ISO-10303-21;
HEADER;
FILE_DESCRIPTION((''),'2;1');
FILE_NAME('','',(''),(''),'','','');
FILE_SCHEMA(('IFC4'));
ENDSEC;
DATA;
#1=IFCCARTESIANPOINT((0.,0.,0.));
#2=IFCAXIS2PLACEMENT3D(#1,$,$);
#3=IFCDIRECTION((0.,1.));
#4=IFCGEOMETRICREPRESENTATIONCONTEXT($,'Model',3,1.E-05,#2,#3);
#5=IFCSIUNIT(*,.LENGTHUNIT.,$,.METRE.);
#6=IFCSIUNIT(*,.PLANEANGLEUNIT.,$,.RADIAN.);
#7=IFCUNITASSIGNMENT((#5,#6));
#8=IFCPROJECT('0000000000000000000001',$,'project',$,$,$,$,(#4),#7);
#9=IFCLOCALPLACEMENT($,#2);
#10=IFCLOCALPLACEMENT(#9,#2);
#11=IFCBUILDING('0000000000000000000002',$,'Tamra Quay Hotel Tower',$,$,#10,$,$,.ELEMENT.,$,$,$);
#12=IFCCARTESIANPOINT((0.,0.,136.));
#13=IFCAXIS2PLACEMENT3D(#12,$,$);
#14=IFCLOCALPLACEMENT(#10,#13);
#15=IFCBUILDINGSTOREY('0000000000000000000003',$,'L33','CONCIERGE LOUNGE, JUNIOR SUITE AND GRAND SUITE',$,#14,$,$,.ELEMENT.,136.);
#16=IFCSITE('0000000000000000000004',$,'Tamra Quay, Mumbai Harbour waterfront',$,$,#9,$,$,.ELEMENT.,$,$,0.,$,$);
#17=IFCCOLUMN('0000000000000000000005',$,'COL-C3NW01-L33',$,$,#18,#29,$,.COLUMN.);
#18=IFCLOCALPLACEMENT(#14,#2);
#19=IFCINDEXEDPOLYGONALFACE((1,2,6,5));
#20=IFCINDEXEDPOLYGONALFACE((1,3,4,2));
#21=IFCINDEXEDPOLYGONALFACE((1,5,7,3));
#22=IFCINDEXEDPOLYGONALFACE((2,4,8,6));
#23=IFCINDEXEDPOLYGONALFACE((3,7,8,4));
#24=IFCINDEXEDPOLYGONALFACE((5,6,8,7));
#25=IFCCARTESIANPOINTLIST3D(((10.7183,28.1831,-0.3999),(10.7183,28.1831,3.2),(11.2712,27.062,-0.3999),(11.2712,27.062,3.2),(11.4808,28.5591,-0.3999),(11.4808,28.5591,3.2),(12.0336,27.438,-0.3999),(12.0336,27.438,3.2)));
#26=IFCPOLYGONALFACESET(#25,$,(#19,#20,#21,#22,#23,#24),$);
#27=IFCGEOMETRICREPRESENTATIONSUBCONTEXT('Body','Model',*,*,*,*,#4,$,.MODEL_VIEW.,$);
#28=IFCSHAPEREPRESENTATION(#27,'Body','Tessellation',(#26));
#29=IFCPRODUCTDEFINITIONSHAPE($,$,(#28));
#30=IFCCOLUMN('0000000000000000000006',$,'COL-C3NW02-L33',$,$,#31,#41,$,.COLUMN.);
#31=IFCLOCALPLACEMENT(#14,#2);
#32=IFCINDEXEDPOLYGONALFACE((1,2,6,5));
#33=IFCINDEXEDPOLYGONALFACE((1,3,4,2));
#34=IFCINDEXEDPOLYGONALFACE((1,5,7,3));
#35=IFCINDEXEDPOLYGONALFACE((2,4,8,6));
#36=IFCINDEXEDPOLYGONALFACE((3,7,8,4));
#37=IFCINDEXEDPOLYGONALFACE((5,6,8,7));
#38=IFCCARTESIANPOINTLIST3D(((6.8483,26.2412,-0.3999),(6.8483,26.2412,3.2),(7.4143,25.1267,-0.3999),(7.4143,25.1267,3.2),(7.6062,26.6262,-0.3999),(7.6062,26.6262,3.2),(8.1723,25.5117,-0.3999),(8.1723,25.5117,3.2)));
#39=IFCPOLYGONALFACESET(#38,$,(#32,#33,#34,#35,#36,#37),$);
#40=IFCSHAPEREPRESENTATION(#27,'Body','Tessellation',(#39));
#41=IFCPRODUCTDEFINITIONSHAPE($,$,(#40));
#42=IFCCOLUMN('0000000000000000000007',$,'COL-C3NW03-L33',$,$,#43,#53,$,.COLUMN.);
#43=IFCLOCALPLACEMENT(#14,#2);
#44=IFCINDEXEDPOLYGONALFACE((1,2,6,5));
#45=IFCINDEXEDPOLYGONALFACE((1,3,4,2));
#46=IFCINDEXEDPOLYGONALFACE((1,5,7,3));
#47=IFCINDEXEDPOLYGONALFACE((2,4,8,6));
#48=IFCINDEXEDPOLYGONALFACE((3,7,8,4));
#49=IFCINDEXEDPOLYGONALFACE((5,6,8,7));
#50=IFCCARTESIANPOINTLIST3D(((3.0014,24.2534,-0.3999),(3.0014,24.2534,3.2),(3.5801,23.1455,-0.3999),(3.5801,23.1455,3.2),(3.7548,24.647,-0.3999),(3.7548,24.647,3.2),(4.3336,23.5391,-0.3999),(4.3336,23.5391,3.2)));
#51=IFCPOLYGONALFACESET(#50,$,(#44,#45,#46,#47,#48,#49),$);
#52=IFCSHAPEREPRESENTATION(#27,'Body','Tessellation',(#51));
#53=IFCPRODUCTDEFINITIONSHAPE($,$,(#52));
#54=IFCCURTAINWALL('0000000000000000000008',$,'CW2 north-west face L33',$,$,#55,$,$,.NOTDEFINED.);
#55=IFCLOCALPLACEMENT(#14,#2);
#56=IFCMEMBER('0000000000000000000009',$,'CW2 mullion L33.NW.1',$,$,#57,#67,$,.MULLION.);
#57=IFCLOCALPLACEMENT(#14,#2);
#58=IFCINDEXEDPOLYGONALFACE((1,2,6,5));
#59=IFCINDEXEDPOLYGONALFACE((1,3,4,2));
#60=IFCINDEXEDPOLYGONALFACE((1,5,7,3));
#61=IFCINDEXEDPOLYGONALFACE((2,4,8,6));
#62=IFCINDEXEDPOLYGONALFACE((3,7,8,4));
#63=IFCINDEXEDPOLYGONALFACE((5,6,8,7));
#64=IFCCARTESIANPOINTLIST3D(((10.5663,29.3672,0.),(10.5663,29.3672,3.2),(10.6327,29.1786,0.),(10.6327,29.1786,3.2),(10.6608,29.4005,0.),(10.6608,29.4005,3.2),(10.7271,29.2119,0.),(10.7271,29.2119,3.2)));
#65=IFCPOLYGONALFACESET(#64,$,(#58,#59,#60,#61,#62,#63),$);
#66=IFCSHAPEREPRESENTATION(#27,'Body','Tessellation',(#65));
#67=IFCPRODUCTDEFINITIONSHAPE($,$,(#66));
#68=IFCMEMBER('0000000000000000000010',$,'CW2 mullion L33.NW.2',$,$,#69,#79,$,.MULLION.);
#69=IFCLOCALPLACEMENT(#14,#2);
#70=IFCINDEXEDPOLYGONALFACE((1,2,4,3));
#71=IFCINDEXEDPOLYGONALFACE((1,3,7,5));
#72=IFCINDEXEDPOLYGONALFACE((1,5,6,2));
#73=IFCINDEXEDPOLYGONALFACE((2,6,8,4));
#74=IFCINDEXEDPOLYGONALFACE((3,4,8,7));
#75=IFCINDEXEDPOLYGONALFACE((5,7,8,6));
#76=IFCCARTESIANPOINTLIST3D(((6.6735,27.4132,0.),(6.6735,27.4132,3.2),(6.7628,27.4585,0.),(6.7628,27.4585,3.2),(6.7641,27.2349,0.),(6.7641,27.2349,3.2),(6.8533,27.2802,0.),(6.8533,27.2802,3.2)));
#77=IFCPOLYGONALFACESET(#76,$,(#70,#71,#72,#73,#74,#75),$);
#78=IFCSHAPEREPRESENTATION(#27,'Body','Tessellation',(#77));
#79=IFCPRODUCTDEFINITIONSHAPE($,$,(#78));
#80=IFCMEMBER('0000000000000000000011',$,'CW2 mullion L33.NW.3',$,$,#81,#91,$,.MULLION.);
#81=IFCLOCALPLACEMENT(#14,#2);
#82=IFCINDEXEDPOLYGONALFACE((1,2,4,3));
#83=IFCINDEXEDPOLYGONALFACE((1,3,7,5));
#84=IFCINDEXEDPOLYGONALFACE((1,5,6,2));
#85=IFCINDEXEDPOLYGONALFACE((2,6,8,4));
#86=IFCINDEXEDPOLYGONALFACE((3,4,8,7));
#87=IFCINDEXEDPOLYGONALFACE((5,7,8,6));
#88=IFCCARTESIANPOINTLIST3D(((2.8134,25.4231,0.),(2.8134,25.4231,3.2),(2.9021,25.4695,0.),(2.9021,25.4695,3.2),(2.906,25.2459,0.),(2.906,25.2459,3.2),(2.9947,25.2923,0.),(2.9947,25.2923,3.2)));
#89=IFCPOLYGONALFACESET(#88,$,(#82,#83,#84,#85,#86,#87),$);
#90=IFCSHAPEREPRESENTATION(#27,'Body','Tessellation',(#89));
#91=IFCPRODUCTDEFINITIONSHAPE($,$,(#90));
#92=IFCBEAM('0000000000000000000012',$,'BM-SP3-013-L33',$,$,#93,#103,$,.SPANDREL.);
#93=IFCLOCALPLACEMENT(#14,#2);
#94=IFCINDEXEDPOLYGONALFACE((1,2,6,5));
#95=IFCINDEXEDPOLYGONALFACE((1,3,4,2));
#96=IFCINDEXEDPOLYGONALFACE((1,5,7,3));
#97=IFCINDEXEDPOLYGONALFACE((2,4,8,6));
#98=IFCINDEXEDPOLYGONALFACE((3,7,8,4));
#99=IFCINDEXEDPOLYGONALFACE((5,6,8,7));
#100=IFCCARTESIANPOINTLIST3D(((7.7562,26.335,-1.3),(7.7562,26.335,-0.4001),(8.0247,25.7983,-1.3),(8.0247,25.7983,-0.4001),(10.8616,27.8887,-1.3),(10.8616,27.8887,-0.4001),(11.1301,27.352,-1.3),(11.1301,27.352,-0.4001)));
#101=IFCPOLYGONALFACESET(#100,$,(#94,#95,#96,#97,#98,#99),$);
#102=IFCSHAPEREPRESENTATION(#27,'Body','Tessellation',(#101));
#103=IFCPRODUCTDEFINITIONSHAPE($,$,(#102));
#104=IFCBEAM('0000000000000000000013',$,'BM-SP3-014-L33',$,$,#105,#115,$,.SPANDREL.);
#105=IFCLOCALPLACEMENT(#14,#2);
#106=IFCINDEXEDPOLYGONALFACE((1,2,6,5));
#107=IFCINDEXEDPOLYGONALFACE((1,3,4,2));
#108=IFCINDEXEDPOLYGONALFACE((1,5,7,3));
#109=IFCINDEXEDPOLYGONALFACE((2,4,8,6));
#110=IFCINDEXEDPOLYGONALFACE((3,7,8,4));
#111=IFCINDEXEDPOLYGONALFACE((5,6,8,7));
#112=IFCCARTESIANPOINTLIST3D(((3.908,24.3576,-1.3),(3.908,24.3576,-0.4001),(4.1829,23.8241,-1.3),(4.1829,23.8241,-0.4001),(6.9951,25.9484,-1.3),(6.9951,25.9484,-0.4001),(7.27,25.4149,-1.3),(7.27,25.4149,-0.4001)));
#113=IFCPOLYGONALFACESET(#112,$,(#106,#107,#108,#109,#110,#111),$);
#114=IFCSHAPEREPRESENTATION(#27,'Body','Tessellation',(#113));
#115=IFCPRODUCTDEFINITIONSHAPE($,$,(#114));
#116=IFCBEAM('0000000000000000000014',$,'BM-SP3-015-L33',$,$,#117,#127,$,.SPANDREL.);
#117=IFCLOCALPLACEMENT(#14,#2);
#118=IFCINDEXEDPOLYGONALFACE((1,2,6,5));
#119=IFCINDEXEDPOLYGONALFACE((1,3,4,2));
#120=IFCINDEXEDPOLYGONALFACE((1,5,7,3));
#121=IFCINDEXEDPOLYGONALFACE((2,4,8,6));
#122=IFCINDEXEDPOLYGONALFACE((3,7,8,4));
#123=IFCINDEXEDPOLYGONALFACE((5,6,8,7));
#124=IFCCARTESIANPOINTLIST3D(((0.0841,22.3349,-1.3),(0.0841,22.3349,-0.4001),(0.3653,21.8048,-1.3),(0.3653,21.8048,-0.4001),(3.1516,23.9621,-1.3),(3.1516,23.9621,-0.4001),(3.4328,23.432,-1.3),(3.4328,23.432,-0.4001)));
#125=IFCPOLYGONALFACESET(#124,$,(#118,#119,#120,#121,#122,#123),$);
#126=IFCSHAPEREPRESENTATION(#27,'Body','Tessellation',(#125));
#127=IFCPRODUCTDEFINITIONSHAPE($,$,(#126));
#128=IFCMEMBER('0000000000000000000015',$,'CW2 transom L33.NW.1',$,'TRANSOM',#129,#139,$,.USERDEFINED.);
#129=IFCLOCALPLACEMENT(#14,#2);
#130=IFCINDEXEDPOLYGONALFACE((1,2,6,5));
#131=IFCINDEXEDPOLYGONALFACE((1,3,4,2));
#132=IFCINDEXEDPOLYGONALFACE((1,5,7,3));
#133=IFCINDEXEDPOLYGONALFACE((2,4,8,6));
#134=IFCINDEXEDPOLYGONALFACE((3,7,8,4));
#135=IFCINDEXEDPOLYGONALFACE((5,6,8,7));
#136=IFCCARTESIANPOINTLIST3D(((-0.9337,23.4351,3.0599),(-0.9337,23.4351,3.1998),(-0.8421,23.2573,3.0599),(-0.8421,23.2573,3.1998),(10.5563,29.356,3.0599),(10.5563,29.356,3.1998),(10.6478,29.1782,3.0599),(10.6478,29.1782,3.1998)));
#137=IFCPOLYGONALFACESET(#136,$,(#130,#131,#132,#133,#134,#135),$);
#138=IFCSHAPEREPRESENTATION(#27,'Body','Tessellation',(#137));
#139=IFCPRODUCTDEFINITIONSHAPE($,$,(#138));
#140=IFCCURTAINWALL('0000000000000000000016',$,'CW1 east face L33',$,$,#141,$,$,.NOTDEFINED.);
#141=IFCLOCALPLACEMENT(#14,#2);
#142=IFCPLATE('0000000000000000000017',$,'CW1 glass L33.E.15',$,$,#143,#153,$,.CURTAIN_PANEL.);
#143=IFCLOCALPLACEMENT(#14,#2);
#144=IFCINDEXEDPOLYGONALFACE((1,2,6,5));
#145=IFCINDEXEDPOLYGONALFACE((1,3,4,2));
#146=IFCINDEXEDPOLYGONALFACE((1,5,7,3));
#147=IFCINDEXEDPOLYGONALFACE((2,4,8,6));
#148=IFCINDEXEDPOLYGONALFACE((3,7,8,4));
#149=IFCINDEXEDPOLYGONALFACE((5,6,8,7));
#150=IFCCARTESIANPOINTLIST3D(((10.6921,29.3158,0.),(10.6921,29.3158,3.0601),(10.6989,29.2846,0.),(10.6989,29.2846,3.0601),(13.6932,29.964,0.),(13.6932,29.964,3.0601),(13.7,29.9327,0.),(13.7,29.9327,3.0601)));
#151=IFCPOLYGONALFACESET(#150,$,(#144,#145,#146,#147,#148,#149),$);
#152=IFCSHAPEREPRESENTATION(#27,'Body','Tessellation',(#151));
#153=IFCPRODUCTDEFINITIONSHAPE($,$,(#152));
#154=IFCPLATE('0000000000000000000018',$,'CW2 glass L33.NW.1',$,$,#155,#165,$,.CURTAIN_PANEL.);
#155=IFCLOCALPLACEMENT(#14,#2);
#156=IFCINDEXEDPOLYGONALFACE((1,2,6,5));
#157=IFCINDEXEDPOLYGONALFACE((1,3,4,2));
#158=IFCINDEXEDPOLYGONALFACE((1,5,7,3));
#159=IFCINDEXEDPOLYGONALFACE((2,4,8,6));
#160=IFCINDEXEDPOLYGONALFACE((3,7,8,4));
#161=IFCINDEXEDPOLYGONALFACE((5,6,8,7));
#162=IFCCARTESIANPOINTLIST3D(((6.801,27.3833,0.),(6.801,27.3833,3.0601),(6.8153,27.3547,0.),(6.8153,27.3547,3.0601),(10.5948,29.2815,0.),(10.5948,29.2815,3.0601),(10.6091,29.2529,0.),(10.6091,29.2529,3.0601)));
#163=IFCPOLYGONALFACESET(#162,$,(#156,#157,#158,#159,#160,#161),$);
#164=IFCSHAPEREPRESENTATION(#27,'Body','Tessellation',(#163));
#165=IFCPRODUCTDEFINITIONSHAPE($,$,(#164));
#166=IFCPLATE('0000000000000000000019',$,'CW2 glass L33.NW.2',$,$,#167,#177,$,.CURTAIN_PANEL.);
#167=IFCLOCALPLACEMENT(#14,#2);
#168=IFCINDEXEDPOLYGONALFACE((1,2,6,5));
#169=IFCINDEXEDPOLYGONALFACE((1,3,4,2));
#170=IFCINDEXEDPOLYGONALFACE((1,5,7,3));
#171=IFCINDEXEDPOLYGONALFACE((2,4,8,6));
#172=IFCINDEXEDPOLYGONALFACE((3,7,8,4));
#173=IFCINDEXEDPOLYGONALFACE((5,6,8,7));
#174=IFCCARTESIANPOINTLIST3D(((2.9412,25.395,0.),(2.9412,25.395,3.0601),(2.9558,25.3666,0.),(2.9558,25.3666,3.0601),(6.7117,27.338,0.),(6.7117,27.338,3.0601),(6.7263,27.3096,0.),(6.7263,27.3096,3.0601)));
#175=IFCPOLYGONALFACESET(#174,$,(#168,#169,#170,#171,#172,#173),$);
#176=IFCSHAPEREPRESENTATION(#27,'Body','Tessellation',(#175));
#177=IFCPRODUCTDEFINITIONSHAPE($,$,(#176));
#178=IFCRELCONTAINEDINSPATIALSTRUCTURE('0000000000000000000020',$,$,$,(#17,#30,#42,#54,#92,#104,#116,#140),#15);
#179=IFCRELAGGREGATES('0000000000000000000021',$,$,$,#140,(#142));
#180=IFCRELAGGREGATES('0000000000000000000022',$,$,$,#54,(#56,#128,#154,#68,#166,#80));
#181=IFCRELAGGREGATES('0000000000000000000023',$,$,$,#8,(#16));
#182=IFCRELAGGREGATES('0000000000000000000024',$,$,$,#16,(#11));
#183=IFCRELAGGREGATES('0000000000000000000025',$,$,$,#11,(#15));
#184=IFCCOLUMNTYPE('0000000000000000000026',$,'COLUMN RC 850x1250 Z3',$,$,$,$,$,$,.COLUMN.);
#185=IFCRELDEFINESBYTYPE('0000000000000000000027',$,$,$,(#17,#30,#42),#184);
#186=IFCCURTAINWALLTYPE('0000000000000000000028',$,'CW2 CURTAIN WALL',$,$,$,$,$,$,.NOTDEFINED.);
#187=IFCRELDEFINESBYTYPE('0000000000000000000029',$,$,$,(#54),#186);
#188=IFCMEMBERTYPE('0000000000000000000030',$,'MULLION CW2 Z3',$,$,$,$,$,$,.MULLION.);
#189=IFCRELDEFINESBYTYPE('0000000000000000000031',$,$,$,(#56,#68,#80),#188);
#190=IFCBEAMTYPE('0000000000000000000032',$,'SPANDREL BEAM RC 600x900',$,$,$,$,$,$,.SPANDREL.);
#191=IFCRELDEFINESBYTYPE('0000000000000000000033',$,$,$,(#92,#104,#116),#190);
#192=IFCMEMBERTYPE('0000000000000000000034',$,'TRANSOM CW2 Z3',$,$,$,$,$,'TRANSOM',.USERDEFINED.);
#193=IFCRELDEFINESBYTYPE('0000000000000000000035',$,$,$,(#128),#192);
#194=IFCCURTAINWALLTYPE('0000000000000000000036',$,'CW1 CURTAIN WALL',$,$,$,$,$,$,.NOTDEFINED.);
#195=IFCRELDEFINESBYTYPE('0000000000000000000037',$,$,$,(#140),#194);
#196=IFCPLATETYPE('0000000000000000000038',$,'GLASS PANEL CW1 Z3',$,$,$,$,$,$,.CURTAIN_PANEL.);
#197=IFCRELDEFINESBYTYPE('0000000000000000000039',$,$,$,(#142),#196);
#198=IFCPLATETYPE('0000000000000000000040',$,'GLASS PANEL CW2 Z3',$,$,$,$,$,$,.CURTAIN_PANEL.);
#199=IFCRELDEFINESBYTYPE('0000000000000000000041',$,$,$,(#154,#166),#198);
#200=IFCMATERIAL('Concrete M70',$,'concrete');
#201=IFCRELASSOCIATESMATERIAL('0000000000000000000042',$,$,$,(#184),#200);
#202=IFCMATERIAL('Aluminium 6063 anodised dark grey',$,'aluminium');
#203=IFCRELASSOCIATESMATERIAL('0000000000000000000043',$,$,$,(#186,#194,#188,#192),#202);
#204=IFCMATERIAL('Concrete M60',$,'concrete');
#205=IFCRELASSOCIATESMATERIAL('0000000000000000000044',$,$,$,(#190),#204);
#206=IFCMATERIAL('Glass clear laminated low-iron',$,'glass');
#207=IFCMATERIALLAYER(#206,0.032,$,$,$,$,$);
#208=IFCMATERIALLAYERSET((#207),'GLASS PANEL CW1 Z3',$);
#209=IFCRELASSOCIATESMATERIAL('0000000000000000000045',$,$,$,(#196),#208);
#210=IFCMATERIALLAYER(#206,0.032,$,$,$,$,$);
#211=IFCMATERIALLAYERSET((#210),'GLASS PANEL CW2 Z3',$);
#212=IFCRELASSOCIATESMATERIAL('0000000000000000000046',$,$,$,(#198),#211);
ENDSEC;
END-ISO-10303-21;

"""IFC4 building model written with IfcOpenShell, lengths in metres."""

from ifc_helpers import new_model, si_unit, direction, frame, origin, origin_2d, place, context, subcontext, project, spatial, rectangle, extrude, material, layer, layer_set, material_profile, profile_set, type_object, element, aggregate, save


model = new_model("IFC4")

# Units and contexts
model_context = context("Model", 3, precision=1e-05, world=origin(), true_north=direction((0.0, 1.0)))
body_context = subcontext(model_context, "Body", "Model", "MODEL_VIEW")
ifc_project = project(units=[si_unit("LENGTHUNIT", "METRE"), si_unit("PLANEANGLEUNIT", "RADIAN")], contexts=[model_context])

# Site, building, storey
site_placement = place(None, origin())
site = spatial("IfcSite", under=ifc_project, at=site_placement, Name="Tamra Quay, Mumbai Harbour waterfront", CompositionType="ELEMENT", RefElevation=0.0)
building_placement = place(site_placement, origin())
building = spatial("IfcBuilding", under=site, at=building_placement, Name="Tamra Quay Hotel Tower", CompositionType="ELEMENT")
storey_placement = place(building_placement, frame((0.0, 0.0, 136.0)))
storey = spatial("IfcBuildingStorey", under=building, at=storey_placement, Name="L33", Description="CONCIERGE LOUNGE, JUNIOR SUITE AND GRAND SUITE", CompositionType="ELEMENT", Elevation=136.0)

# Columns
ifc_material_1 = material(Name="Concrete M70", Category="concrete")
ifc_material_profile_1 = material_profile(ifc_material_1, rectangle(XDim=1.25, YDim=0.8501, at=origin_2d()), Name="COLUMN RC 850x1250 Z3")
ifc_profile_set_1 = profile_set([ifc_material_profile_1], Name="Concrete M70")
column_type = type_object("IfcColumnType", Name="COLUMN RC 850x1250 Z3", PredefinedType="COLUMN", material=ifc_profile_set_1)
for number, where, z_axis, x_axis, name in (
    (1, (11.376, 27.8105, -0.3999), (0.0, 0.0, 1.0), (-0.442275, 0.89688, 0.0), "COL-C3NW01-L33"),
    (2, (7.5103, 25.8765, -0.3999), (0.0, 0.0, 1.0), (-0.45286, 0.891582, 0.0), "COL-C3NW02-L33"),
    (3, (3.6675, 23.8962, -0.3999), (0.0, 0.0, 1.0), (-0.463007, 0.886355, 0.0), "COL-C3NW03-L33"),
):
    element("IfcColumn", number, at=place(storey_placement, frame(where, z_axis=z_axis, x_axis=x_axis)), inside=storey, type_object=column_type, Name=name, PredefinedType="COLUMN", context=body_context, shape_type="SweptSolid", body=[
        extrude(rectangle(XDim=1.25, YDim=0.8501, at=origin_2d()), origin(), (0.0, 0.0, 1.0), 3.5999),
    ])

# Curtain wall, members
ifc_material_2 = material(Name="Aluminium 6063 anodised dark grey", Category="aluminium")
curtain_wall_type_1 = type_object("IfcCurtainWallType", Name="CW2 CURTAIN WALL", PredefinedType="NOTDEFINED", material=ifc_material_2)
curtain_wall_1_placement = place(storey_placement, origin())
curtain_wall_1 = element("IfcCurtainWall", 4, at=curtain_wall_1_placement, inside=storey, type_object=curtain_wall_type_1, Name="CW2 north-west face L33", PredefinedType="NOTDEFINED")
ifc_material_profile_2 = material_profile(ifc_material_2, rectangle(XDim=0.2, YDim=0.1001, at=origin_2d()), Name="MULLION 100X200")
ifc_profile_set_2 = profile_set([ifc_material_profile_2], Name="Aluminium 6063 anodised dark grey")
member_type_1 = type_object("IfcMemberType", Name="MULLION CW2 Z3", PredefinedType="MULLION", material=ifc_profile_set_2)
member_1_placement = place(storey_placement, frame((10.6467, 29.2896, 0.0), z_axis=(0.0, 0.0, 1.0), x_axis=(-0.331894, 0.943317, 0.0)))
member_1 = element("IfcMember", 5, at=member_1_placement, type_object=member_type_1, Name="CW2 mullion L33.NW.1", PredefinedType="MULLION", context=body_context, shape_type="SweptSolid", body=[
    extrude(rectangle(XDim=0.2, YDim=0.1001, at=origin_2d()), origin(), (0.0, 0.0, 1.0), 3.2),
])
member_2_placement = place(storey_placement, frame((6.7634, 27.3467, 0.0), z_axis=(0.0, 0.0, 1.0), x_axis=(-0.452777, 0.891624, 0.0)))
member_2 = element("IfcMember", 6, at=member_2_placement, type_object=member_type_1, Name="CW2 mullion L33.NW.2", PredefinedType="MULLION", context=body_context, shape_type="SweptSolid", body=[
    extrude(rectangle(XDim=0.2, YDim=0.1001, at=origin_2d()), origin(), (0.0, 0.0, 1.0), 3.2),
])
member_3_placement = place(storey_placement, frame((2.9041, 25.3577, 0.0), z_axis=(0.0, 0.0, 1.0), x_axis=(-0.463366, 0.886167, 0.0)))
member_3 = element("IfcMember", 7, at=member_3_placement, type_object=member_type_1, Name="CW2 mullion L33.NW.3", PredefinedType="MULLION", context=body_context, shape_type="SweptSolid", body=[
    extrude(rectangle(XDim=0.2, YDim=0.1001, at=origin_2d()), origin(), (0.0, 0.0, 1.0), 3.2),
])

# Beams
ifc_material_3 = material(Name="Concrete M60", Category="concrete")
ifc_material_profile_3 = material_profile(ifc_material_3, rectangle(XDim=0.6001, YDim=0.8999, at=origin_2d()), Name="SPANDREL BEAM RC 600x900")
ifc_profile_set_3 = profile_set([ifc_material_profile_3], Name="Concrete M60")
beam_type = type_object("IfcBeamType", Name="SPANDREL BEAM RC 600x900", PredefinedType="SPANDREL", material=ifc_profile_set_3)
beam_1_placement = place(storey_placement, frame((10.9958, 27.6204, -0.8501), z_axis=(-0.894315, -0.447439, 0.0), x_axis=(0.447439, -0.894315, 0.0)))
element("IfcBeam", 8, at=beam_1_placement, inside=storey, type_object=beam_type, Name="BM-SP3-013-L33", PredefinedType="SPANDREL", context=body_context, shape_type="SweptSolid", body=[
    extrude(rectangle(XDim=0.6001, YDim=0.8999, at=origin_2d()), origin(), (0.0, 0.0, 1.0), 3.4724),
])
beam_2_placement = place(storey_placement, frame((7.1326, 25.6816, -0.8501), z_axis=(-0.88892, -0.458063, 0.0), x_axis=(0.458063, -0.88892, 0.0)))
element("IfcBeam", 9, at=beam_2_placement, inside=storey, type_object=beam_type, Name="BM-SP3-014-L33", PredefinedType="SPANDREL", context=body_context, shape_type="SweptSolid", body=[
    extrude(rectangle(XDim=0.6001, YDim=0.8999, at=origin_2d()), origin(), (0.0, 0.0, 1.0), 3.4729),
])
beam_3_placement = place(storey_placement, frame((3.2922, 23.697, -0.8501), z_axis=(-0.883411, -0.468598, 0.0), x_axis=(0.468598, -0.883411, 0.0)))
element("IfcBeam", 10, at=beam_3_placement, inside=storey, type_object=beam_type, Name="BM-SP3-015-L33", PredefinedType="SPANDREL", context=body_context, shape_type="SweptSolid", body=[
    extrude(rectangle(XDim=0.6001, YDim=0.8999, at=origin_2d()), origin(), (0.0, 0.0, 1.0), 3.4724),
])

# Member
ifc_material_profile_4 = material_profile(ifc_material_2, rectangle(XDim=0.2, YDim=0.1399, at=origin_2d()), Name="TRANSOM 200X140")
ifc_profile_set_4 = profile_set([ifc_material_profile_4], Name="Aluminium 6063 anodised dark grey")
member_type_2 = type_object("IfcMemberType", Name="TRANSOM CW2 Z3", ElementType="TRANSOM", PredefinedType="USERDEFINED", material=ifc_profile_set_4)
member_4_placement = place(storey_placement, frame((10.6021, 29.2671, 3.1299), z_axis=(-0.888917, -0.458067, 0.0), x_axis=(0.458067, -0.888917, 0.0)))
member_4 = element("IfcMember", 11, at=member_4_placement, type_object=member_type_2, Name="CW2 transom L33.NW.1", ObjectType="TRANSOM", PredefinedType="USERDEFINED", context=body_context, shape_type="SweptSolid", body=[
    extrude(rectangle(XDim=0.2, YDim=0.1399, at=origin_2d()), origin(), (0.0, 0.0, 1.0), 12.9258),
])

# Curtain wall, plate
curtain_wall_type_2 = type_object("IfcCurtainWallType", Name="CW1 CURTAIN WALL", PredefinedType="NOTDEFINED", material=ifc_material_2)
curtain_wall_2_placement = place(storey_placement, origin())
curtain_wall_2 = element("IfcCurtainWall", 12, at=curtain_wall_2_placement, inside=storey, type_object=curtain_wall_type_2, Name="CW1 east face L33", PredefinedType="NOTDEFINED")
ifc_material_4 = material(Name="Glass clear laminated low-iron", Category="glass")
ifc_layer_1 = layer(ifc_material_4, 0.032)
ifc_layer_set_1 = layer_set([ifc_layer_1], Name="GLASS PANEL CW1 Z3")
plate_type_1 = type_object("IfcPlateType", Name="GLASS PANEL CW1 Z3", PredefinedType="CURTAIN_PANEL", material=ifc_layer_set_1)
plate_1_placement = place(storey_placement, frame((12.196, 29.6243, 0.0), z_axis=(0.0, 0.0, 1.0), x_axis=(-0.977465, -0.211099, 0.0)))
plate_1 = element("IfcPlate", 13, at=plate_1_placement, type_object=plate_type_1, Name="CW1 glass L33.E.15", PredefinedType="CURTAIN_PANEL", context=body_context, shape_type="SweptSolid", body=[
    extrude(rectangle(XDim=3.0703, YDim=0.032, at=origin_2d()), origin(), (0.0, 0.0, 1.0), 3.0601),
])
aggregate(curtain_wall_2, [plate_1])

# Plates
ifc_layer_2 = layer(ifc_material_4, 0.032)
ifc_layer_set_2 = layer_set([ifc_layer_2], Name="GLASS PANEL CW2 Z3")
plate_type_2 = type_object("IfcPlateType", Name="GLASS PANEL CW2 Z3", PredefinedType="CURTAIN_PANEL", material=ifc_layer_set_2)
plate_2_placement = place(storey_placement, frame((8.7051, 28.3181, 0.0), z_axis=(0.0, 0.0, 1.0), x_axis=(-0.894305, -0.447459, 0.0)))
plate_2 = element("IfcPlate", 14, at=plate_2_placement, type_object=plate_type_2, Name="CW2 glass L33.NW.1", PredefinedType="CURTAIN_PANEL", context=body_context, shape_type="SweptSolid", body=[
    extrude(rectangle(XDim=4.2422, YDim=0.032, at=origin_2d()), origin(), (0.0, 0.0, 1.0), 3.0601),
])
plate_3_placement = place(storey_placement, frame((4.8337, 26.3523, 0.0), z_axis=(0.0, 0.0, 1.0), x_axis=(-0.888911, -0.45808, 0.0)))
plate_3 = element("IfcPlate", 15, at=plate_3_placement, type_object=plate_type_2, Name="CW2 glass L33.NW.2", PredefinedType="CURTAIN_PANEL", context=body_context, shape_type="SweptSolid", body=[
    extrude(rectangle(XDim=4.2417, YDim=0.032, at=origin_2d()), origin(), (0.0, 0.0, 1.0), 3.0601),
])
aggregate(curtain_wall_1, [member_1, member_4, plate_2, member_2, plate_3, member_3])

save(model, "model.ifc")
